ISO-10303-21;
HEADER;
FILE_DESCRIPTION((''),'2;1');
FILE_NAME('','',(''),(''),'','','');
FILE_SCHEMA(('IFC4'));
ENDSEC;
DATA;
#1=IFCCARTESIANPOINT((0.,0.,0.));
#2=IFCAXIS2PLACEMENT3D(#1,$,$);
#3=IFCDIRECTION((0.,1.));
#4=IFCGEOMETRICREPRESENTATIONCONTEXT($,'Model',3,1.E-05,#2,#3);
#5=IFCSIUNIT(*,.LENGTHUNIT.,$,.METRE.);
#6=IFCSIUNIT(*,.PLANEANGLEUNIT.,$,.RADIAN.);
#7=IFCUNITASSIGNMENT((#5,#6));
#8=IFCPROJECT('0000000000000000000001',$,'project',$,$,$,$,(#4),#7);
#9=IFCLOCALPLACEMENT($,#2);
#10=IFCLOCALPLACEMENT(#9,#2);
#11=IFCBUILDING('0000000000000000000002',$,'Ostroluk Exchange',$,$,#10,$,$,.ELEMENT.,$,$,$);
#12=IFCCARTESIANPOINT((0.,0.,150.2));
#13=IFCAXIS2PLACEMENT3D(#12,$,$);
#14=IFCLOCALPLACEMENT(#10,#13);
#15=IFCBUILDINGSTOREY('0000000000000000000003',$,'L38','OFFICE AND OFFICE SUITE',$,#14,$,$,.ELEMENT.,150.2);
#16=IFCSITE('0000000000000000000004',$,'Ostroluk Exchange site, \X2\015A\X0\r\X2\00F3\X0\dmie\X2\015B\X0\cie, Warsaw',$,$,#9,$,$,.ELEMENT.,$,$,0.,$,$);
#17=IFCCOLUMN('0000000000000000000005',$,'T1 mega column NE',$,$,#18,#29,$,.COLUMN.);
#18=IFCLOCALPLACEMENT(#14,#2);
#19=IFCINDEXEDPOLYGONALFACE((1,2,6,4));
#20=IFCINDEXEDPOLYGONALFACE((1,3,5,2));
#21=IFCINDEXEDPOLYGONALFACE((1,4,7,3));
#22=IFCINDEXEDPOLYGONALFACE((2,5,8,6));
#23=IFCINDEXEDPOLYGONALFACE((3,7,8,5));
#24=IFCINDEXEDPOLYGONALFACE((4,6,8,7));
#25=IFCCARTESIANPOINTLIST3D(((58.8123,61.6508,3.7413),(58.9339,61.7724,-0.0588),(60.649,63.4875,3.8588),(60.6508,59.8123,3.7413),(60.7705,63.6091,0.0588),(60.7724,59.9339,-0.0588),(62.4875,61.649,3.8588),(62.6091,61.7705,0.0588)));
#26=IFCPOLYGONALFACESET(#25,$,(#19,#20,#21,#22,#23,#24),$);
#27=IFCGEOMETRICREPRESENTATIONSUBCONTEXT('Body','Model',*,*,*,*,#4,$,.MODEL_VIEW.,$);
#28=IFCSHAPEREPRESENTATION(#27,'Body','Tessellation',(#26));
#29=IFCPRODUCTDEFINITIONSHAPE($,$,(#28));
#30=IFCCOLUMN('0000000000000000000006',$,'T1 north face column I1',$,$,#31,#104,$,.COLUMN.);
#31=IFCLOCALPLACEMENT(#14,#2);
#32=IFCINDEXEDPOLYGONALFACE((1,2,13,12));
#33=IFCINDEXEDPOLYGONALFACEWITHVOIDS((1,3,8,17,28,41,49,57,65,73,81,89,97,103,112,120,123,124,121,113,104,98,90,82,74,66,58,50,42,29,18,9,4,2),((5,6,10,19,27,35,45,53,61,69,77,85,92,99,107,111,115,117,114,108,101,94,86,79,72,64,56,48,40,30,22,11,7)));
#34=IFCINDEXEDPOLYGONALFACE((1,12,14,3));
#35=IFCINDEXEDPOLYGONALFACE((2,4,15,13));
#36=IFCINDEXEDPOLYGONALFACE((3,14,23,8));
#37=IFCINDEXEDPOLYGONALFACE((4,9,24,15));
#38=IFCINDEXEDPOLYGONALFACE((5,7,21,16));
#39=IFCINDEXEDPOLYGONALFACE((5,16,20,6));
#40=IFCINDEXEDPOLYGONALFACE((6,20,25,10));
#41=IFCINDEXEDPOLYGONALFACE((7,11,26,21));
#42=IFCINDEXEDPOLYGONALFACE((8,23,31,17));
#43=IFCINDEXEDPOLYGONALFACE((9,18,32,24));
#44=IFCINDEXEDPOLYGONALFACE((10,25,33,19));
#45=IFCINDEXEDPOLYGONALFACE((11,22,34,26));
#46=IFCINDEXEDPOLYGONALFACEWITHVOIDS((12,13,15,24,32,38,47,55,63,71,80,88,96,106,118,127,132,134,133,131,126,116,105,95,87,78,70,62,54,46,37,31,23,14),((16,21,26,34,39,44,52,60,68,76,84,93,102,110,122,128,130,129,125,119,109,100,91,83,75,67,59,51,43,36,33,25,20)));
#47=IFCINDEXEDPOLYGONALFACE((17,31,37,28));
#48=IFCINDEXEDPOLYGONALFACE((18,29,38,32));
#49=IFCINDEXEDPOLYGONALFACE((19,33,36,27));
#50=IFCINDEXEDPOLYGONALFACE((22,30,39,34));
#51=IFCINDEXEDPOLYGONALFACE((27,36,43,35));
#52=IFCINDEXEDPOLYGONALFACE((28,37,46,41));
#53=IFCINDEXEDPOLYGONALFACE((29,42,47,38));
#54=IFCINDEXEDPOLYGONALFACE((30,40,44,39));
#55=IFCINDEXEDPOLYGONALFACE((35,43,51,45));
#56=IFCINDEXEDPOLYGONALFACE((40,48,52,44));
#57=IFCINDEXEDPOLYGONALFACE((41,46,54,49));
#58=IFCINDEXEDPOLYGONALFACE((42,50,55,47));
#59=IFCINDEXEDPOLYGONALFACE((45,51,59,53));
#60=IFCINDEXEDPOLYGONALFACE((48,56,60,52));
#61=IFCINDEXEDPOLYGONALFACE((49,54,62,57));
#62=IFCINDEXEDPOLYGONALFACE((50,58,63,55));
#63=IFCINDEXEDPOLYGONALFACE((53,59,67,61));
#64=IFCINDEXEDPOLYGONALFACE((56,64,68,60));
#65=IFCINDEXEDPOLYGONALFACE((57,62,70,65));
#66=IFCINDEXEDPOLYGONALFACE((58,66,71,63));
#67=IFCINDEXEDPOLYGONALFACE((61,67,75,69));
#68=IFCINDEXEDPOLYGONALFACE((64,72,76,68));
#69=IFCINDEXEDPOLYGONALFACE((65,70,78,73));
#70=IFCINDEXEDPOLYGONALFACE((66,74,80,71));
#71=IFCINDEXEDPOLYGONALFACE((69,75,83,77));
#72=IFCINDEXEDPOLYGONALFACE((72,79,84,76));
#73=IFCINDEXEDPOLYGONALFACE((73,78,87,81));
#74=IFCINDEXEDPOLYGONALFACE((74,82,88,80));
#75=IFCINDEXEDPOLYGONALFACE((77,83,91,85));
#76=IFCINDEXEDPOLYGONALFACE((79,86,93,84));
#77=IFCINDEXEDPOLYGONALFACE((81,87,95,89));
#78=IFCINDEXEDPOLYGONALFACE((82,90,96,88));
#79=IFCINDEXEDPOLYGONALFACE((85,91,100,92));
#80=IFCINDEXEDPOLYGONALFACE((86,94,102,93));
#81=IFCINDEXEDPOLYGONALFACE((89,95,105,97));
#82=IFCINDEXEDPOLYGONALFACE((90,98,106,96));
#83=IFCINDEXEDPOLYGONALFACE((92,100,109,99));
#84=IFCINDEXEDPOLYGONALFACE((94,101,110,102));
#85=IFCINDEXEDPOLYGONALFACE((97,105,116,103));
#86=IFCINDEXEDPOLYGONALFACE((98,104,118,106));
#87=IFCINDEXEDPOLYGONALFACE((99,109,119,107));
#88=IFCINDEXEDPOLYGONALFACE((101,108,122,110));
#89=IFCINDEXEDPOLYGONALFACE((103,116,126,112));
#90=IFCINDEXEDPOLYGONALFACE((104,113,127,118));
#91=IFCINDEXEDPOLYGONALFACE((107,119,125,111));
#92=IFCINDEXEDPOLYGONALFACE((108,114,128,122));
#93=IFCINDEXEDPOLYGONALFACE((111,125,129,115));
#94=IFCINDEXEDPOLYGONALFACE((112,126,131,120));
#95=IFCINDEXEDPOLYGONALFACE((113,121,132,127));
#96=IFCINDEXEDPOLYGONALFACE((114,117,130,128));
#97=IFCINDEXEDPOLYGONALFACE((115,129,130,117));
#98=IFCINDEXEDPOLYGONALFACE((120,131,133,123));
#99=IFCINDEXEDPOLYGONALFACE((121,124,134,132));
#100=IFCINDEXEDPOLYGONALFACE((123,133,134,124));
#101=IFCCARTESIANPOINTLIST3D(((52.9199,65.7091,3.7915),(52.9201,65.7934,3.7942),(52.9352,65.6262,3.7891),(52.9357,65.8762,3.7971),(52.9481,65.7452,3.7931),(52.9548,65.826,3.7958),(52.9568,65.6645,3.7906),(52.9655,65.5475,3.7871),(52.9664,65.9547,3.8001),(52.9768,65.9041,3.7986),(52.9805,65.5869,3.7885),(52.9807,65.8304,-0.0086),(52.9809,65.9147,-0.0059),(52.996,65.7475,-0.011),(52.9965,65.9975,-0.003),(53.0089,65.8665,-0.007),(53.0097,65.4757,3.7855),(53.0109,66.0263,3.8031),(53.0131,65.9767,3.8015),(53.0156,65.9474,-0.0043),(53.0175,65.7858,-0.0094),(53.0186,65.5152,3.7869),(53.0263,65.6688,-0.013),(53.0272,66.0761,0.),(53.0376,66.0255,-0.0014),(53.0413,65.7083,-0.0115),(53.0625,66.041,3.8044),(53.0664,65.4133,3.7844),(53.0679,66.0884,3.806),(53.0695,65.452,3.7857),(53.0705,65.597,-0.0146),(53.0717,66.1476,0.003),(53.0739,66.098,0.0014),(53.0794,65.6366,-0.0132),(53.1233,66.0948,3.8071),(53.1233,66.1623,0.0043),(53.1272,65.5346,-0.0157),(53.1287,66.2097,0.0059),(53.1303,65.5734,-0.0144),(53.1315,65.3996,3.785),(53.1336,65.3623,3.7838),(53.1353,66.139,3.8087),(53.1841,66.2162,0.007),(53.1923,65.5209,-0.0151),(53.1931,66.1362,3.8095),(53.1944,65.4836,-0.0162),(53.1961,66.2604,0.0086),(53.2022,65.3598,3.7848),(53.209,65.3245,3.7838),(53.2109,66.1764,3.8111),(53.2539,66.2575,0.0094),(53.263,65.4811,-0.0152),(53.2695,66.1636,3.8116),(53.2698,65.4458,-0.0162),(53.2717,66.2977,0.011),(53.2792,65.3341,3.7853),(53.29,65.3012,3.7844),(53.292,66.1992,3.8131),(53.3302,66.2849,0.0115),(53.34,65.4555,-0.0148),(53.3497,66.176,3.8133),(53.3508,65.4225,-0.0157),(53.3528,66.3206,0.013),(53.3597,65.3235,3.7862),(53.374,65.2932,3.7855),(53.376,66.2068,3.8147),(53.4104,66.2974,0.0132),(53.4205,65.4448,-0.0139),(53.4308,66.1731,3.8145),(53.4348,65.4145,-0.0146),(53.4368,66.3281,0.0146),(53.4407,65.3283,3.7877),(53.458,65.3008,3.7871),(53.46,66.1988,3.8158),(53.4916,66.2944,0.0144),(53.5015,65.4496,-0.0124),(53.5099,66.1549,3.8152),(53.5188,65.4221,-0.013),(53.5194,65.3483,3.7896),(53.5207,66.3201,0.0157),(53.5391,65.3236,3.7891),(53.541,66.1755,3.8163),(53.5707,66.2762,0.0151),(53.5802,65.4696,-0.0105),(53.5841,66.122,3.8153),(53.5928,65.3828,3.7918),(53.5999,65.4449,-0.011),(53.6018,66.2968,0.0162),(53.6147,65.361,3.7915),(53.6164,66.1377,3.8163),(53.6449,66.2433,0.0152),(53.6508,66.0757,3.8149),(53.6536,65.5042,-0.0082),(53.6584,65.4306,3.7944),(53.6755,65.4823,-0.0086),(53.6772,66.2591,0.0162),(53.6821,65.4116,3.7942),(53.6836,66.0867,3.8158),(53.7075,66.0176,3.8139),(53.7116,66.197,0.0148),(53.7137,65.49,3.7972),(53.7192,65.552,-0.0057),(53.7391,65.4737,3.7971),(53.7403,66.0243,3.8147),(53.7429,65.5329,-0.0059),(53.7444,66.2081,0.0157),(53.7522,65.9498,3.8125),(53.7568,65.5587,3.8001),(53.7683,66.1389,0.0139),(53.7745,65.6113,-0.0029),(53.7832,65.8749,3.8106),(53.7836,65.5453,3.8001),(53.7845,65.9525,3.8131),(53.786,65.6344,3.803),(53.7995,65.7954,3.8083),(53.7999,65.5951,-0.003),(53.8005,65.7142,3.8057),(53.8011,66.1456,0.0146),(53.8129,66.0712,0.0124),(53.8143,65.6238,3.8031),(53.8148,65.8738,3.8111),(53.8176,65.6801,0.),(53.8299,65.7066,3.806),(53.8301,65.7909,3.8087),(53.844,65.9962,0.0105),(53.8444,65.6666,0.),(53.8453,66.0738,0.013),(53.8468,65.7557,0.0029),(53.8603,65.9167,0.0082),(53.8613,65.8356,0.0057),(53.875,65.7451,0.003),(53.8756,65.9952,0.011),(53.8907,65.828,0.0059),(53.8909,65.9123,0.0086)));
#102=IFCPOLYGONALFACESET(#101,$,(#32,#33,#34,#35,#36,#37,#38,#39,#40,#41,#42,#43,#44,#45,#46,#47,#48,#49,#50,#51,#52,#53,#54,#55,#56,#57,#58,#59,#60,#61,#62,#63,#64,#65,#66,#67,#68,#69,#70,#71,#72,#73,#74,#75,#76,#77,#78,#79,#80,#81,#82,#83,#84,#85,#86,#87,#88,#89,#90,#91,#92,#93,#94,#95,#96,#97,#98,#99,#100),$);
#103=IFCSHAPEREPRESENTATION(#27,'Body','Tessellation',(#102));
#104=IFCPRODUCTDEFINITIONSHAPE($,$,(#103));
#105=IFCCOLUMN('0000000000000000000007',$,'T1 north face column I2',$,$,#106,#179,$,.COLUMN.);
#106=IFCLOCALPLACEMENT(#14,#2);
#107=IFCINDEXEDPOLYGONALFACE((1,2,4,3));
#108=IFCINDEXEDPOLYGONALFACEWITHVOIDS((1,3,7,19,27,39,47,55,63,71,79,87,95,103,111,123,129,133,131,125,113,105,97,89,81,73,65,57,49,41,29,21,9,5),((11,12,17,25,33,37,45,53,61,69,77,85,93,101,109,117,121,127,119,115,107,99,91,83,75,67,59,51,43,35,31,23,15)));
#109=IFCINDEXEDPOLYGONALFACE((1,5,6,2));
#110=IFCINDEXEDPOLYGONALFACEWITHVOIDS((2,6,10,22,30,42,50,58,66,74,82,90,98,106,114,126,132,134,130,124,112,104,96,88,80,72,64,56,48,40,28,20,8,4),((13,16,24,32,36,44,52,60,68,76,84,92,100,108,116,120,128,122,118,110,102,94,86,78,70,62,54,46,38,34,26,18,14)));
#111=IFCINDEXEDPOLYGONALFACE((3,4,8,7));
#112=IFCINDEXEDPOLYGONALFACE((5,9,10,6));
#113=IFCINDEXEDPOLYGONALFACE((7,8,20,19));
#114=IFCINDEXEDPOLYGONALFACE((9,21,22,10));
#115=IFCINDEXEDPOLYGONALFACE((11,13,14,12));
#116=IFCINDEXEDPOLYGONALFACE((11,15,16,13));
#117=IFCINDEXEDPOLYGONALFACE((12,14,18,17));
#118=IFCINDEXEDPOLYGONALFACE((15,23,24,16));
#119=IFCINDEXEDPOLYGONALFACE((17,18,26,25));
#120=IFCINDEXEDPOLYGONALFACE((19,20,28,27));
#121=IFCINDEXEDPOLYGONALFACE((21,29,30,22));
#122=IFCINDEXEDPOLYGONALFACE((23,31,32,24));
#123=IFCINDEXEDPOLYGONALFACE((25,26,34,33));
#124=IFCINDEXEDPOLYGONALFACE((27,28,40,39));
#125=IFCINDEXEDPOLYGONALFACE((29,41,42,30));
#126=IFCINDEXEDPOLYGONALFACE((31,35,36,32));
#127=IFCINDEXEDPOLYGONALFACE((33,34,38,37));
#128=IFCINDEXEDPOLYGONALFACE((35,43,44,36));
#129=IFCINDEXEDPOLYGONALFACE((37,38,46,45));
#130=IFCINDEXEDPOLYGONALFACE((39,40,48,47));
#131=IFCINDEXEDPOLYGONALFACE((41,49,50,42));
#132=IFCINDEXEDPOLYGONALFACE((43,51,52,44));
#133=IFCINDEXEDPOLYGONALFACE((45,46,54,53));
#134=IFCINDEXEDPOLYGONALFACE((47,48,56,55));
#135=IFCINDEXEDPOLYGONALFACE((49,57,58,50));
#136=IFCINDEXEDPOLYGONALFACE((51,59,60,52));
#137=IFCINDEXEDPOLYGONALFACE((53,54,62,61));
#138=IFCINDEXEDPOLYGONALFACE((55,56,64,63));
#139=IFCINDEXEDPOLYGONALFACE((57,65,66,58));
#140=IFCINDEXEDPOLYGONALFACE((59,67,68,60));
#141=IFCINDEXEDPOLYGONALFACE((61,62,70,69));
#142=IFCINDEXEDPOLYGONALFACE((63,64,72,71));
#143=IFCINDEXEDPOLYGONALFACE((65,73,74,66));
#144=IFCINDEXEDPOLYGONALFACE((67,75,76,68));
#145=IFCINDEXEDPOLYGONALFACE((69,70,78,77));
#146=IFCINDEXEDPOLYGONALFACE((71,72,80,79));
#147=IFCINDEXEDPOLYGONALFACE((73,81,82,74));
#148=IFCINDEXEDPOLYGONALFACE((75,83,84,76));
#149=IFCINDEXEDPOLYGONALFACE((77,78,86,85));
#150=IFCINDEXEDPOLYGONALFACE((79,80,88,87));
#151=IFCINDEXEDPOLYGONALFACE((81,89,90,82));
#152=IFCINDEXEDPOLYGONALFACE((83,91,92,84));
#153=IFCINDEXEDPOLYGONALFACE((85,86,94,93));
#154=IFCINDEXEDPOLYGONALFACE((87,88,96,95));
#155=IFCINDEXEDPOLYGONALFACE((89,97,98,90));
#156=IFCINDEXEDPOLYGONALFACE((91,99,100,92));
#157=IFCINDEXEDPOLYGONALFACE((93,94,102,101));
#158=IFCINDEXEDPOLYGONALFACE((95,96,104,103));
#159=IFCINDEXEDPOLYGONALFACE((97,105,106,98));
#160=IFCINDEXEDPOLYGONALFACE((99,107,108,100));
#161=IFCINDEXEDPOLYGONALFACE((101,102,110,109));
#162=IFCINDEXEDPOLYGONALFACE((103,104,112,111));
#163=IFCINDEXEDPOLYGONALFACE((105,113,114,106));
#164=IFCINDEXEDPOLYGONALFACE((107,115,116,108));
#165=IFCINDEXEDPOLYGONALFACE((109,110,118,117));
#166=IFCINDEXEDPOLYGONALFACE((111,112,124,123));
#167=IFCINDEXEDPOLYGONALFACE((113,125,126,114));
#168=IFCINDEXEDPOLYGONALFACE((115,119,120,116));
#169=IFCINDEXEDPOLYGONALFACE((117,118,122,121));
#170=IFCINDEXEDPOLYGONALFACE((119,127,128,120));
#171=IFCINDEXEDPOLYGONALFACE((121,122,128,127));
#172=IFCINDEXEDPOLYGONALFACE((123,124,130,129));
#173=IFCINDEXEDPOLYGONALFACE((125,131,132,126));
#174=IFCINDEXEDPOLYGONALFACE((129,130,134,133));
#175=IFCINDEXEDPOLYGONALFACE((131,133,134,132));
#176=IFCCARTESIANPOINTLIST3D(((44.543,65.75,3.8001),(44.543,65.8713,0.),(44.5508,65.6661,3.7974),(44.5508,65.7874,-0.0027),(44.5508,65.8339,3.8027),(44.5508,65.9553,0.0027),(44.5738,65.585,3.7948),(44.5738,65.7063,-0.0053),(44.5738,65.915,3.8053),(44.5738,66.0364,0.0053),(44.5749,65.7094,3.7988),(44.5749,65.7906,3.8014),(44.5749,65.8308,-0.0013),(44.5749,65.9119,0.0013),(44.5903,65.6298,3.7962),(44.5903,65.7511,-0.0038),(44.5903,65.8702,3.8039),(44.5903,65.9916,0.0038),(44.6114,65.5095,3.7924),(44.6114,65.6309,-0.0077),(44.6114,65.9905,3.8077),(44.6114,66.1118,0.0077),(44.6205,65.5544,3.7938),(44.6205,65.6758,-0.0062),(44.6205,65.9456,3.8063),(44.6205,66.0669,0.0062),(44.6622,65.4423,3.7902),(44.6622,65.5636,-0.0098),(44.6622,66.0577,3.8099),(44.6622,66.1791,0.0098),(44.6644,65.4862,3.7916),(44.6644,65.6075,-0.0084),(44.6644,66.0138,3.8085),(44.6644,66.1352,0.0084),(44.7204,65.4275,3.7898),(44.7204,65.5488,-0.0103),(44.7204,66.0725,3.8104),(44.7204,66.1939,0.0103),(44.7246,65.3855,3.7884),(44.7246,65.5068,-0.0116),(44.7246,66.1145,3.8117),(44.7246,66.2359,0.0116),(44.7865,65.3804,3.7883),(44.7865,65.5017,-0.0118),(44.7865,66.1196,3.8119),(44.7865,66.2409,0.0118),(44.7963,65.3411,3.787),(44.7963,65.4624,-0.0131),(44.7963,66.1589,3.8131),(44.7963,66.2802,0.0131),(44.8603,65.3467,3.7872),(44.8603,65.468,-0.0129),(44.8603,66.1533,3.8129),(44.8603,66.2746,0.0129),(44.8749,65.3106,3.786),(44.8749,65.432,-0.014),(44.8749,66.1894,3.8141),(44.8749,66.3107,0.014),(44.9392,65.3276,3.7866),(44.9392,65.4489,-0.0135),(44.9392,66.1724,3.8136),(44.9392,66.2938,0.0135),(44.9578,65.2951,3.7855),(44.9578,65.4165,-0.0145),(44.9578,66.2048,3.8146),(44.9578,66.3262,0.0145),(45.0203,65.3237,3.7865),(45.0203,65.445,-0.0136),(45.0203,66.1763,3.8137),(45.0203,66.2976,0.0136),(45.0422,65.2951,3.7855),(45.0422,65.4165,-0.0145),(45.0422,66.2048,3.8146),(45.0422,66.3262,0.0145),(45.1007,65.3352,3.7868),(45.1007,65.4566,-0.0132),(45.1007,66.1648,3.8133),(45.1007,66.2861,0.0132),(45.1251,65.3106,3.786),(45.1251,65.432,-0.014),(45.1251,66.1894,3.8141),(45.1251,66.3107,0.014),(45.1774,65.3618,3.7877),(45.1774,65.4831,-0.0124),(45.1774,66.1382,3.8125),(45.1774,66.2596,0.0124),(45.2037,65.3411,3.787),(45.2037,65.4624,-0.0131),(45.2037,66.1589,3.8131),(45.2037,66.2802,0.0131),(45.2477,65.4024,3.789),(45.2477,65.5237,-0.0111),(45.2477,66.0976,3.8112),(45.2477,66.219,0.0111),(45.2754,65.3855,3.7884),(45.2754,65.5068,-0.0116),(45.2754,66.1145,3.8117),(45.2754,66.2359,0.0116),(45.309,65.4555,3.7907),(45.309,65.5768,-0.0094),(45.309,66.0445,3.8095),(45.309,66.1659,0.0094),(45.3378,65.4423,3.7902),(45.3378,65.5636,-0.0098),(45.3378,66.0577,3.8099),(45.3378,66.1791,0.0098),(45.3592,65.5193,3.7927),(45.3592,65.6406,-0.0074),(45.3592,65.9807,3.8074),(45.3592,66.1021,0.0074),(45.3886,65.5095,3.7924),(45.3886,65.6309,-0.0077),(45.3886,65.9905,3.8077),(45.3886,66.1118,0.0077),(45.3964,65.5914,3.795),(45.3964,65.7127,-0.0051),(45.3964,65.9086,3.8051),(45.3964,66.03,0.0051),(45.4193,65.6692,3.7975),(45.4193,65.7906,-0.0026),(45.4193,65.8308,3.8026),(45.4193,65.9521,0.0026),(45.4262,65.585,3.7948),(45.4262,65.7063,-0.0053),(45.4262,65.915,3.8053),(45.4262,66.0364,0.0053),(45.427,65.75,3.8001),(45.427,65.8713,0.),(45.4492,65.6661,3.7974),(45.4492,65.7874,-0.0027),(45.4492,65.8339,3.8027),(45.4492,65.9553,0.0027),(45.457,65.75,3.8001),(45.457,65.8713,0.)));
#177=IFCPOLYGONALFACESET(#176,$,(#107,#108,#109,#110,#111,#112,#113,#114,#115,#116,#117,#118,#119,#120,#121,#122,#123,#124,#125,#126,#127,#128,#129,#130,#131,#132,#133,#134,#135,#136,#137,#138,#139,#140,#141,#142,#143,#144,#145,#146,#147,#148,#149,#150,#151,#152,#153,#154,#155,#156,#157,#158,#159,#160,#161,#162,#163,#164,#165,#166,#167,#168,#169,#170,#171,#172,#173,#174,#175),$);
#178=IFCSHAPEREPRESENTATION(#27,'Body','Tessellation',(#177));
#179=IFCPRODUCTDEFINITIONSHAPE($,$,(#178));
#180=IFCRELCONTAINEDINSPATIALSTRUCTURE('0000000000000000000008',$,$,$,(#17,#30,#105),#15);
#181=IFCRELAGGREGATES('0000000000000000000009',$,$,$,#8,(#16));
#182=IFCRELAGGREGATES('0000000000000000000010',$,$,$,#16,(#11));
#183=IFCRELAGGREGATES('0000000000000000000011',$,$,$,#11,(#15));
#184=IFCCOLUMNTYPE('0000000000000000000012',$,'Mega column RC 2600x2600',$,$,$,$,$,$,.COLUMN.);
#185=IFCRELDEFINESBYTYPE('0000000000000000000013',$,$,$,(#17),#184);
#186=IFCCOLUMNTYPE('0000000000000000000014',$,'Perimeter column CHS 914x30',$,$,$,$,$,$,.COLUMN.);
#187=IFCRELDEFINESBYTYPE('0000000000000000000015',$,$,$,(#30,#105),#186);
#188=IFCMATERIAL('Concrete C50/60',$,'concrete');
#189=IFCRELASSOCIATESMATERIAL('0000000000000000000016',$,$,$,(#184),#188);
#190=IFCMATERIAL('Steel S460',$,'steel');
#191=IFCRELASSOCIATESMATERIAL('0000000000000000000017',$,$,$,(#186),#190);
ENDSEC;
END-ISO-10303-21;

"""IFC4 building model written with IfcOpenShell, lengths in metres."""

from ifc_helpers import new_model, si_unit, direction, frame, origin, origin_2d, place, context, subcontext, project, spatial, rectangle, hollow_circle, extrude, material, material_profile, profile_set, type_object, element, save


model = new_model("IFC4")

# Units and contexts
model_context = context("Model", 3, precision=1e-05, world=origin(), true_north=direction((0.0, 1.0)))
body_context = subcontext(model_context, "Body", "Model", "MODEL_VIEW")
ifc_project = project(units=[si_unit("LENGTHUNIT", "METRE"), si_unit("PLANEANGLEUNIT", "RADIAN")], contexts=[model_context])

# Site, building, storey
site_placement = place(None, origin())
site = spatial("IfcSite", under=ifc_project, at=site_placement, Name="Ostroluk Exchange site, Śródmieście, Warsaw", CompositionType="ELEMENT", RefElevation=0.0)
building_placement = place(site_placement, origin())
building = spatial("IfcBuilding", under=site, at=building_placement, Name="Ostroluk Exchange", CompositionType="ELEMENT")
storey_placement = place(building_placement, frame((0.0, 0.0, 150.2)))
storey = spatial("IfcBuildingStorey", under=building, at=storey_placement, Name="L38", Description="OFFICE AND OFFICE SUITE", CompositionType="ELEMENT", Elevation=150.2)

# Columns
ifc_material_1 = material(Name="Concrete C50/60", Category="concrete")
ifc_material_profile_1 = material_profile(ifc_material_1, rectangle(XDim=2.6001, YDim=2.6001, at=origin_2d()), Name="RC 2600x2600")
ifc_profile_set_1 = profile_set([ifc_material_profile_1], Name="Concrete C50/60")
column_type_1 = type_object("IfcColumnType", Name="Mega column RC 2600x2600", PredefinedType="COLUMN", material=ifc_profile_set_1)
column_1_placement = place(storey_placement, frame((60.7715, 61.7715, 0.0), z_axis=(-0.031962, -0.031962, 0.998978), x_axis=(0.707107, -0.707107, 0.0)))
element("IfcColumn", 1, at=column_1_placement, inside=storey, type_object=column_type_1, Name="T1 mega column NE", PredefinedType="COLUMN", context=body_context, shape_type="SweptSolid", body=[
    extrude(rectangle(XDim=2.6001, YDim=2.6001, at=origin_2d()), origin(), (0.0, 0.0, 1.0), 3.804),
])
ifc_material_2 = material(Name="Steel S460", Category="steel")
ifc_material_profile_2 = material_profile(ifc_material_2, hollow_circle(Radius=0.457, WallThickness=0.03, at=origin_2d()), Name="CHS 914x30")
ifc_profile_set_2 = profile_set([ifc_material_profile_2], Name="Steel S460")
column_type_2 = type_object("IfcColumnType", Name="Perimeter column CHS 914x30", PredefinedType="COLUMN", material=ifc_profile_set_2)
column_2_placement = place(storey_placement, frame((53.4358, 65.8713, 0.0), z_axis=(-0.015987, -0.03191, 0.999363), x_axis=(0.894067, -0.447933, 0.0)))
element("IfcColumn", 2, at=column_2_placement, inside=storey, type_object=column_type_2, Name="T1 north face column I1", PredefinedType="COLUMN", context=body_context, shape_type="SweptSolid", body=[
    extrude(hollow_circle(Radius=0.457, WallThickness=0.03, at=origin_2d()), origin(), (0.0, 0.0, 1.0), 3.8025),
])
column_3_placement = place(storey_placement, frame((45.0, 65.8713, 0.0), z_axis=(0.0, -0.031914, 0.999491), x_axis=(1.0, 0.0, 0.0)))
element("IfcColumn", 3, at=column_3_placement, inside=storey, type_object=column_type_2, Name="T1 north face column I2", PredefinedType="COLUMN", context=body_context, shape_type="SweptSolid", body=[
    extrude(hollow_circle(Radius=0.457, WallThickness=0.03, at=origin_2d()), origin(), (0.0, 0.0, 1.0), 3.802),
])

save(model, "model.ifc")
